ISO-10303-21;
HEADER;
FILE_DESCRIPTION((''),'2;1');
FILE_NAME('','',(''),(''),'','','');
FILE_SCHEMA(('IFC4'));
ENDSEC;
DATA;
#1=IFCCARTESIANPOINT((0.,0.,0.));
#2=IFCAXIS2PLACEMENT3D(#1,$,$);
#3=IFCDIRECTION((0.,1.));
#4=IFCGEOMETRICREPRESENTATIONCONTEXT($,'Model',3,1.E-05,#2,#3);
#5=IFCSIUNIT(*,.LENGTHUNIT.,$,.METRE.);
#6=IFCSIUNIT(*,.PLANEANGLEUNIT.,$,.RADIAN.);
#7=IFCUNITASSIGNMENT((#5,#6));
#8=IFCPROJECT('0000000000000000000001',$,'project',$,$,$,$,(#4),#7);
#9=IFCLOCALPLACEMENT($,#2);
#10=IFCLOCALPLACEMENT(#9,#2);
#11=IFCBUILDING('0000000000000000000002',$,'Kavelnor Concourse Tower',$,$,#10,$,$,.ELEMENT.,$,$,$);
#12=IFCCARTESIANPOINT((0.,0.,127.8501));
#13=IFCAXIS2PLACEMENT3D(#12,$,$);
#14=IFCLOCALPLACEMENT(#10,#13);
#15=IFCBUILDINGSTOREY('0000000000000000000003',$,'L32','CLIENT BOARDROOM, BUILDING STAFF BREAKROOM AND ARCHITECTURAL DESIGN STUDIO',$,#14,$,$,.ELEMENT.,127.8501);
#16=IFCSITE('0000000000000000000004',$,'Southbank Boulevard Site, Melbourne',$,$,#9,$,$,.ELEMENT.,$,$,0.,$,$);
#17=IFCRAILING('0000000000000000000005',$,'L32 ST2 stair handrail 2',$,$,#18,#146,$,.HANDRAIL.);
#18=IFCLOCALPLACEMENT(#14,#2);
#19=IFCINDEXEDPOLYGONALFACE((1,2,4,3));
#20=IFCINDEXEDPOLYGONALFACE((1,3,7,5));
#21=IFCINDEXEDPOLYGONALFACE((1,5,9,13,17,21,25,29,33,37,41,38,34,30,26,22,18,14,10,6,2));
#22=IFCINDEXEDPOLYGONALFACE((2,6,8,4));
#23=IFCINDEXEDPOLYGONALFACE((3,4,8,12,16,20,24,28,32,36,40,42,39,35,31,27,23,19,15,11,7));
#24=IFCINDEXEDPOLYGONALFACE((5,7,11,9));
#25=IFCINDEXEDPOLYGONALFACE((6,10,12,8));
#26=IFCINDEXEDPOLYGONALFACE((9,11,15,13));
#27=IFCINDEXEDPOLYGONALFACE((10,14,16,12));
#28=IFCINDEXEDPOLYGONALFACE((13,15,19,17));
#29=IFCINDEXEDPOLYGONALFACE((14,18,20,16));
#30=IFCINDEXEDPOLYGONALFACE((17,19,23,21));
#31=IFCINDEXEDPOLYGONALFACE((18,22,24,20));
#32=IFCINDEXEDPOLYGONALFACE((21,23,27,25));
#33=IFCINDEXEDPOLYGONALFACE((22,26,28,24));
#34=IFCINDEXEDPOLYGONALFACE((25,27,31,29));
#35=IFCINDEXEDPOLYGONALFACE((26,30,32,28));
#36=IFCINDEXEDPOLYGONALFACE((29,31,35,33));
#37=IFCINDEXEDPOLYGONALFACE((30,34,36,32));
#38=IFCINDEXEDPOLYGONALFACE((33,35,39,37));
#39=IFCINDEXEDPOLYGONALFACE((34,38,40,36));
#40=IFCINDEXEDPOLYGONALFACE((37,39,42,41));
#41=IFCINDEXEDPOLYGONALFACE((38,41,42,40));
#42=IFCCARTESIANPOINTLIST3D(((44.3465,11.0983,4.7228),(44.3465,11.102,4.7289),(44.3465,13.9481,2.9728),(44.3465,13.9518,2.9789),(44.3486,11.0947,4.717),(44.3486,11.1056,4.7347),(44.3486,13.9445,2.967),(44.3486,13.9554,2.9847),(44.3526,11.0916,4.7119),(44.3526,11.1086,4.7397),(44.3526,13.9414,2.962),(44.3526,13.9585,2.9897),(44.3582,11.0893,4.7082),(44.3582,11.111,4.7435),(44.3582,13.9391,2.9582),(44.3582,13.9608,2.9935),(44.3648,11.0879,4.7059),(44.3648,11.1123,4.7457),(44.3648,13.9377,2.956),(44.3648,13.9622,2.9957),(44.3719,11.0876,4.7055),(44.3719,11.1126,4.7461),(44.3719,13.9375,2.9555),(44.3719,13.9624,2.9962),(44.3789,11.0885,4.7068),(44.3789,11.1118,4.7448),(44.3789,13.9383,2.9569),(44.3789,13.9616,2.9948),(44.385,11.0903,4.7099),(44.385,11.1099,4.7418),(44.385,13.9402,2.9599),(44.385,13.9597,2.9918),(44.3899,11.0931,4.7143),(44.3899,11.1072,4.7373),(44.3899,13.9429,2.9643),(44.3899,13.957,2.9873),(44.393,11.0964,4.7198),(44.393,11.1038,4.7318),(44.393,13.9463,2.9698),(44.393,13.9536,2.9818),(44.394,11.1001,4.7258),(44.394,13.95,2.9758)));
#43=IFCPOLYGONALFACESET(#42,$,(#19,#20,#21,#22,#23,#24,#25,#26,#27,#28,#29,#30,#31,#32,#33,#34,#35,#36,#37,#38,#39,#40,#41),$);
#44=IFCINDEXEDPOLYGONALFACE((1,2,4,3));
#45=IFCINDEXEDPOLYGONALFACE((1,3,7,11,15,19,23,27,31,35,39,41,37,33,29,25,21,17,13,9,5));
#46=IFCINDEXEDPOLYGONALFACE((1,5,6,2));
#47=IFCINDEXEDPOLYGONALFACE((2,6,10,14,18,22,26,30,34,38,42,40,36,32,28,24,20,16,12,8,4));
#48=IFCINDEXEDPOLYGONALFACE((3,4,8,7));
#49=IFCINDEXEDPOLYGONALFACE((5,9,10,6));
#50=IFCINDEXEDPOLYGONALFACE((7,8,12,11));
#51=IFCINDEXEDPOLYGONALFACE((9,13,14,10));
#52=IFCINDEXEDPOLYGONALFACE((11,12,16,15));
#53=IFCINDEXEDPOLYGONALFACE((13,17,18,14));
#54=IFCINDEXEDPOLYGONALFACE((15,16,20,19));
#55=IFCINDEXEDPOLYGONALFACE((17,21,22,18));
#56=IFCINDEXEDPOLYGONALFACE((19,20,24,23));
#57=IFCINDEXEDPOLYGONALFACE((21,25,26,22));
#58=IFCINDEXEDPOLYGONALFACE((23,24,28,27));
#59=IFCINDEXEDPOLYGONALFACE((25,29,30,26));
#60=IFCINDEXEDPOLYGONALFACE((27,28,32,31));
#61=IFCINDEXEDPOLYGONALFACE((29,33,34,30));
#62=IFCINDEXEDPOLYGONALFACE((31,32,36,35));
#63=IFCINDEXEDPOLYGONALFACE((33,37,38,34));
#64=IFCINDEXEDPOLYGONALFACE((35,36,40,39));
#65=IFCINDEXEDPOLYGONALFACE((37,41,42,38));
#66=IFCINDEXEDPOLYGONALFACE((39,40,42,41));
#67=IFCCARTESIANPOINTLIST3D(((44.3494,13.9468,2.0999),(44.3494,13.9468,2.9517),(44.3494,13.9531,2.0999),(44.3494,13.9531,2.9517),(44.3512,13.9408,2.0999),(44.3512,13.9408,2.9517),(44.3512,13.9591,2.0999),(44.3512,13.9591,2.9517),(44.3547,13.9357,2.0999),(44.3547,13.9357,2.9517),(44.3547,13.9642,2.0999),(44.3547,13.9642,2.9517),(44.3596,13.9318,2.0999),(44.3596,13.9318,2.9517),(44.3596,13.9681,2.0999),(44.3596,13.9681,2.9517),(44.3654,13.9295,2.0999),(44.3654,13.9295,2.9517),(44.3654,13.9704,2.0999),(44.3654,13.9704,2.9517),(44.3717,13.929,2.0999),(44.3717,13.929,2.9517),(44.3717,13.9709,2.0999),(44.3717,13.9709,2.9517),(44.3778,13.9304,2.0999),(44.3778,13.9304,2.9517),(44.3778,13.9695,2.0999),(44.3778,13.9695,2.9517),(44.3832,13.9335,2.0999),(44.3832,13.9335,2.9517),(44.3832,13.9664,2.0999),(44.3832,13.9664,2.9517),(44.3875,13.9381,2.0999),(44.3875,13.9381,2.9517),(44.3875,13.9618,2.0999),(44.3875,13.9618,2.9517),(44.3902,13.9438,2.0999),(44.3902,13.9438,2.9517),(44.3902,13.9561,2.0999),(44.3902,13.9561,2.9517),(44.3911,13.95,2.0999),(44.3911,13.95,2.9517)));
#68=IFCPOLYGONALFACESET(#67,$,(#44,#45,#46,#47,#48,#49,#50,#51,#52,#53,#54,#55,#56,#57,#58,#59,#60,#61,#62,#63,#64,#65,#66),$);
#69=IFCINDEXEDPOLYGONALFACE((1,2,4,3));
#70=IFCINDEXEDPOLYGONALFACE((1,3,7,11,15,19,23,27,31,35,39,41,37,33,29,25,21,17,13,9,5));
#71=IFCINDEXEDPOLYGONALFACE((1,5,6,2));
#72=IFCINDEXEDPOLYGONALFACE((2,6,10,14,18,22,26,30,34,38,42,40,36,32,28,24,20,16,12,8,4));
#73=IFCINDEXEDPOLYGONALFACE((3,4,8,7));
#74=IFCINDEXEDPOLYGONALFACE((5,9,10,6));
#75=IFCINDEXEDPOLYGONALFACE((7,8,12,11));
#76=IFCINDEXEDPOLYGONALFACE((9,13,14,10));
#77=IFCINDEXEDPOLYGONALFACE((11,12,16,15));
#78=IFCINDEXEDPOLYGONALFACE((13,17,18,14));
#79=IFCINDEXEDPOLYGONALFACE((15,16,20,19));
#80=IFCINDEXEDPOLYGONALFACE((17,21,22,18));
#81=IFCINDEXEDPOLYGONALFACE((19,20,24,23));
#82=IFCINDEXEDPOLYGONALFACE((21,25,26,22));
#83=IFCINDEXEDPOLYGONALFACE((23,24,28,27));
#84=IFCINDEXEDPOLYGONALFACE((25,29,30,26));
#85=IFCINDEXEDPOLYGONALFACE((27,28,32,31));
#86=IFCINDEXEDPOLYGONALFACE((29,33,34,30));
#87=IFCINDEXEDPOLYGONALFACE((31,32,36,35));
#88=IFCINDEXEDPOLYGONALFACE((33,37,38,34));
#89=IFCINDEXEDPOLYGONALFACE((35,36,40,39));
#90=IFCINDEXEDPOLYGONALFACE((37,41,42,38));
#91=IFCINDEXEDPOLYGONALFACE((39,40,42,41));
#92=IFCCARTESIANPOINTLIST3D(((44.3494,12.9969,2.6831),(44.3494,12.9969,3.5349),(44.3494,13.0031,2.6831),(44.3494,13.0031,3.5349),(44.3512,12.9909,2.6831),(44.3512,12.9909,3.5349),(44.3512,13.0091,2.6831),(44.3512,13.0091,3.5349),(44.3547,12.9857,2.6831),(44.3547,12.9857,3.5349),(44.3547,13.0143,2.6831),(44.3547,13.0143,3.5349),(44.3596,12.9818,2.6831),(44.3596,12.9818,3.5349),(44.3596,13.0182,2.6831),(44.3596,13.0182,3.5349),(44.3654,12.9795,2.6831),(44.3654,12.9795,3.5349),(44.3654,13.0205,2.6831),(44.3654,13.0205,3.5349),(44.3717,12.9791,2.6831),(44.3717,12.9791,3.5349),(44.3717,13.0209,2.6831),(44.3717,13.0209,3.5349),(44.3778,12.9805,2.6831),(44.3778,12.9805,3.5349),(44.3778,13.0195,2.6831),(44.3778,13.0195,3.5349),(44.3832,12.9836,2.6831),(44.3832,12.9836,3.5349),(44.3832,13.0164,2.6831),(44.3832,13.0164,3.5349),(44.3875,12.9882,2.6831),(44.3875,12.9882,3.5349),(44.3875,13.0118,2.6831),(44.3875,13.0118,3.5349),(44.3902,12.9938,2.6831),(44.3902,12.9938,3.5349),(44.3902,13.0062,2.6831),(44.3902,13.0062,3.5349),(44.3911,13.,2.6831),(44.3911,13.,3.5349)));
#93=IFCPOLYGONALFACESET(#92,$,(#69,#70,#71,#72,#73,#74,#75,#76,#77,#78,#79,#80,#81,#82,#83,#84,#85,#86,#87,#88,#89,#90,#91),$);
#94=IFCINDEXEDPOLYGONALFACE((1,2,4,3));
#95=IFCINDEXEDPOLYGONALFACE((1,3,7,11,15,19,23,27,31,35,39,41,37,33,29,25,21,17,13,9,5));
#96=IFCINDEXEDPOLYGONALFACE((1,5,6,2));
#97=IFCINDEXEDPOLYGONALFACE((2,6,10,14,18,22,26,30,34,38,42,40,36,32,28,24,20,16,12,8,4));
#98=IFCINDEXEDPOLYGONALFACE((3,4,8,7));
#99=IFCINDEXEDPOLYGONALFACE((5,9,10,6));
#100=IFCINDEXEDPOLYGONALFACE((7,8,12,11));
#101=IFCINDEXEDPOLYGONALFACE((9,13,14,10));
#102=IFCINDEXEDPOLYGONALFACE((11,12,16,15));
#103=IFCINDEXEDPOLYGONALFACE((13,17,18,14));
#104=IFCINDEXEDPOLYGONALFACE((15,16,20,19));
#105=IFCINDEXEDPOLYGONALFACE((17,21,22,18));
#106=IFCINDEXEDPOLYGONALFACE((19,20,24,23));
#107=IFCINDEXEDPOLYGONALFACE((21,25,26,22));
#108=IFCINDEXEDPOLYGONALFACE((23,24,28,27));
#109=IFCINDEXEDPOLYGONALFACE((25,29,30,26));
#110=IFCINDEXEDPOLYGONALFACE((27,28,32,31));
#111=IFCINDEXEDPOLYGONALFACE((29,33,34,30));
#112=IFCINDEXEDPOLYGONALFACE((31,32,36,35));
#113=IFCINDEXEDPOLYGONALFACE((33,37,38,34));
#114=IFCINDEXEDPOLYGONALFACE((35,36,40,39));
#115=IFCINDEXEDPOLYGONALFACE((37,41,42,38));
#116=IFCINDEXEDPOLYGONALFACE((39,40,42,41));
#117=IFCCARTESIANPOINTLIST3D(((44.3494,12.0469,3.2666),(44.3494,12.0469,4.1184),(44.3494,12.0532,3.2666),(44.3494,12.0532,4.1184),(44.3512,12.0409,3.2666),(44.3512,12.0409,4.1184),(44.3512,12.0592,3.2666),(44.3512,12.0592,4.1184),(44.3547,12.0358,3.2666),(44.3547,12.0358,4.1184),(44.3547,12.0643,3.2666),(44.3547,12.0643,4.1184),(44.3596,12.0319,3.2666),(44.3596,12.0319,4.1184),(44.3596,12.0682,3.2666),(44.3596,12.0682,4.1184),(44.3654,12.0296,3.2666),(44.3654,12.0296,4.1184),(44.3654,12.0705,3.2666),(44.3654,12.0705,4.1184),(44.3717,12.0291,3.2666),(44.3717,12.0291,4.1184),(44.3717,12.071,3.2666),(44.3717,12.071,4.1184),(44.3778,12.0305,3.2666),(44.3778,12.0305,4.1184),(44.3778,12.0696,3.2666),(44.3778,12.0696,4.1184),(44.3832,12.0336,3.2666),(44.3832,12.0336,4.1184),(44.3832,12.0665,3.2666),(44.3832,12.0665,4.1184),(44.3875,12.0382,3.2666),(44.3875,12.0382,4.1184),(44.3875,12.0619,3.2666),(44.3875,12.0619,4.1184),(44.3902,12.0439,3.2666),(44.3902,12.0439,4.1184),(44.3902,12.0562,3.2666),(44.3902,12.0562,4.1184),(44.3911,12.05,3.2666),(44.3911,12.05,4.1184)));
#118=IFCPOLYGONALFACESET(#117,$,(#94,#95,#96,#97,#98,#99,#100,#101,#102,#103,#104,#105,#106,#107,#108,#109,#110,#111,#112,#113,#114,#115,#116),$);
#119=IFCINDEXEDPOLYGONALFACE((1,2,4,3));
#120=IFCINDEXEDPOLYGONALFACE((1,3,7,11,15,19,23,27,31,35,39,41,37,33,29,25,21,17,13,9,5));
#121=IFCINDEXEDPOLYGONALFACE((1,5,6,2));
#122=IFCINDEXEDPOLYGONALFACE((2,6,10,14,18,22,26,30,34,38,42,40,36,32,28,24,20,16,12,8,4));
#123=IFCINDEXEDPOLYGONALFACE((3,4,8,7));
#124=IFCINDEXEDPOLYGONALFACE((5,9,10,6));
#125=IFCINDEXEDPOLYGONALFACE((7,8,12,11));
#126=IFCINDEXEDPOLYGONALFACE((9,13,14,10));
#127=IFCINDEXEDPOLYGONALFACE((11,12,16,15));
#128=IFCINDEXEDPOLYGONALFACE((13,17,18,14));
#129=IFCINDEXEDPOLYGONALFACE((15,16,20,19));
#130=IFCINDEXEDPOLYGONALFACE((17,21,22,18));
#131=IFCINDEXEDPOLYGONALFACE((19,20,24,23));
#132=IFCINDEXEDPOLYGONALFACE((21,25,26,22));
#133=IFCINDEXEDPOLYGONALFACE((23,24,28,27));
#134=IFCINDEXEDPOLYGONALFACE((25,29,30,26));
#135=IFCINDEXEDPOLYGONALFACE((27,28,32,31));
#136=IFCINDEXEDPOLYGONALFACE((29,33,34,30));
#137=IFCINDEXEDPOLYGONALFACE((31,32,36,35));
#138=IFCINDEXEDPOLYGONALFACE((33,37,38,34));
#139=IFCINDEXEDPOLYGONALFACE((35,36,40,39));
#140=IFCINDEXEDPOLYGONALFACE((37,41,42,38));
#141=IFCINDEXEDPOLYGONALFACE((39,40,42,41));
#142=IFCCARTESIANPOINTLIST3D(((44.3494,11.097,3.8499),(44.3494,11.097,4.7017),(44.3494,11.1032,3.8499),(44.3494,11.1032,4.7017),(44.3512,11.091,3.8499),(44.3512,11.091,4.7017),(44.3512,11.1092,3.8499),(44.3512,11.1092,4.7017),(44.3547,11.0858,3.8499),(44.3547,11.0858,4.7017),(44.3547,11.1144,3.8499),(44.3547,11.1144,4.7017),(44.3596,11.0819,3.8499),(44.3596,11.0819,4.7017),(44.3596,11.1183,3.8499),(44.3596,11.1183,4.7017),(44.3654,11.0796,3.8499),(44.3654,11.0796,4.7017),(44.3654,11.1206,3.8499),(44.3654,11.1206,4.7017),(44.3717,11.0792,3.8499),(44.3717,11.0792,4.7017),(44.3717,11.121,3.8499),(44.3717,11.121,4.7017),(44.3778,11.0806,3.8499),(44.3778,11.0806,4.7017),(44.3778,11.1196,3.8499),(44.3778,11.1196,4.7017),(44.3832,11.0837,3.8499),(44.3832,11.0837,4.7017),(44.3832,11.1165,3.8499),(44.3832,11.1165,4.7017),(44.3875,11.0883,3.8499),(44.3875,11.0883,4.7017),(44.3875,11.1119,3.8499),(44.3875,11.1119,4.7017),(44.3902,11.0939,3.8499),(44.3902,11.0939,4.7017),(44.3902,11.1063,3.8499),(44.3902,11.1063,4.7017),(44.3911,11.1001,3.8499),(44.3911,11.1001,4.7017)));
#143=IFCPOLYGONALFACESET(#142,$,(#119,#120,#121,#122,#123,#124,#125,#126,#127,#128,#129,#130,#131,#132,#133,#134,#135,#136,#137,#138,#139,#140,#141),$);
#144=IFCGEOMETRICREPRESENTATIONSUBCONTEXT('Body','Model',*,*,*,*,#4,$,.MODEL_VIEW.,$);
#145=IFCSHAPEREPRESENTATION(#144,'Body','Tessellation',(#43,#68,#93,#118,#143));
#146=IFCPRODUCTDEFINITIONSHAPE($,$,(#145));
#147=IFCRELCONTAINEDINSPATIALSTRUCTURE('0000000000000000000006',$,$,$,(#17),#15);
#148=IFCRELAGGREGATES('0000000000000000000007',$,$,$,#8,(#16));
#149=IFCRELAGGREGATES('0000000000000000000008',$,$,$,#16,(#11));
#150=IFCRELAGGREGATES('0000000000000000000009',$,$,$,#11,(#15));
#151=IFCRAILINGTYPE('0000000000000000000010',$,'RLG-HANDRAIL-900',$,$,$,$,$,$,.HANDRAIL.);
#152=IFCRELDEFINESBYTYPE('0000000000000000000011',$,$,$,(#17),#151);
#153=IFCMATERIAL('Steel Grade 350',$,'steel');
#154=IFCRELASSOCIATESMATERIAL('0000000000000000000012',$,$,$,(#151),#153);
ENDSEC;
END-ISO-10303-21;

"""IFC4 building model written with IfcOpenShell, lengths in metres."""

from ifc_helpers import new_model, si_unit, direction, frame, origin, origin_2d, place, context, subcontext, project, spatial, circle, extrude, material, type_object, element, save


model = new_model("IFC4")

# Units and contexts
model_context = context("Model", 3, precision=1e-05, world=origin(), true_north=direction((0.0, 1.0)))
body_context = subcontext(model_context, "Body", "Model", "MODEL_VIEW")
ifc_project = project(units=[si_unit("LENGTHUNIT", "METRE"), si_unit("PLANEANGLEUNIT", "RADIAN")], contexts=[model_context])

# Site, building, storey
site_placement = place(None, origin())
site = spatial("IfcSite", under=ifc_project, at=site_placement, Name="Southbank Boulevard Site, Melbourne", CompositionType="ELEMENT", RefElevation=0.0)
building_placement = place(site_placement, origin())
building = spatial("IfcBuilding", under=site, at=building_placement, Name="Kavelnor Concourse Tower", CompositionType="ELEMENT")
storey_placement = place(building_placement, frame((0.0, 0.0, 127.8501)))
storey = spatial("IfcBuildingStorey", under=building, at=storey_placement, Name="L32", Description="CLIENT BOARDROOM, BUILDING STAFF BREAKROOM AND ARCHITECTURAL DESIGN STUDIO", CompositionType="ELEMENT", Elevation=127.8501)

# Shared definitions
ifc_material_1 = material(Name="Steel Grade 350", Category="steel")

# Railing
railing_type = type_object("IfcRailingType", Name="RLG-HANDRAIL-900", PredefinedType="HANDRAIL", material=ifc_material_1)
railing_1_placement = place(storey_placement, frame((44.3701, 13.95, 2.0999)))
element("IfcRailing", 1, at=railing_1_placement, inside=storey, type_object=railing_type, Name="L32 ST2 stair handrail 2", PredefinedType="HANDRAIL", context=body_context, shape_type="SweptSolid", body=[
    extrude(circle(Radius=0.0239, at=origin_2d()), frame((0.0, 0.0, 0.876), z_axis=(0.0, -0.852159, 0.523283), x_axis=(1.0, 0.0, 0.0)), (0.0, 0.0, 1.0), 3.3442),
    extrude(circle(Radius=0.021, at=origin_2d()), origin(), (0.0, 0.0, 1.0), 0.8518),
    extrude(circle(Radius=0.021, at=origin_2d()), frame((0.0, -0.95, 0.5833)), (0.0, 0.0, 1.0), 0.8518),
    extrude(circle(Radius=0.021, at=origin_2d()), frame((0.0, -1.8999, 1.1667)), (0.0, 0.0, 1.0), 0.8518),
    extrude(circle(Radius=0.021, at=origin_2d()), frame((0.0, -2.8499, 1.75)), (0.0, 0.0, 1.0), 0.8518),
])

save(model, "model.ifc")
